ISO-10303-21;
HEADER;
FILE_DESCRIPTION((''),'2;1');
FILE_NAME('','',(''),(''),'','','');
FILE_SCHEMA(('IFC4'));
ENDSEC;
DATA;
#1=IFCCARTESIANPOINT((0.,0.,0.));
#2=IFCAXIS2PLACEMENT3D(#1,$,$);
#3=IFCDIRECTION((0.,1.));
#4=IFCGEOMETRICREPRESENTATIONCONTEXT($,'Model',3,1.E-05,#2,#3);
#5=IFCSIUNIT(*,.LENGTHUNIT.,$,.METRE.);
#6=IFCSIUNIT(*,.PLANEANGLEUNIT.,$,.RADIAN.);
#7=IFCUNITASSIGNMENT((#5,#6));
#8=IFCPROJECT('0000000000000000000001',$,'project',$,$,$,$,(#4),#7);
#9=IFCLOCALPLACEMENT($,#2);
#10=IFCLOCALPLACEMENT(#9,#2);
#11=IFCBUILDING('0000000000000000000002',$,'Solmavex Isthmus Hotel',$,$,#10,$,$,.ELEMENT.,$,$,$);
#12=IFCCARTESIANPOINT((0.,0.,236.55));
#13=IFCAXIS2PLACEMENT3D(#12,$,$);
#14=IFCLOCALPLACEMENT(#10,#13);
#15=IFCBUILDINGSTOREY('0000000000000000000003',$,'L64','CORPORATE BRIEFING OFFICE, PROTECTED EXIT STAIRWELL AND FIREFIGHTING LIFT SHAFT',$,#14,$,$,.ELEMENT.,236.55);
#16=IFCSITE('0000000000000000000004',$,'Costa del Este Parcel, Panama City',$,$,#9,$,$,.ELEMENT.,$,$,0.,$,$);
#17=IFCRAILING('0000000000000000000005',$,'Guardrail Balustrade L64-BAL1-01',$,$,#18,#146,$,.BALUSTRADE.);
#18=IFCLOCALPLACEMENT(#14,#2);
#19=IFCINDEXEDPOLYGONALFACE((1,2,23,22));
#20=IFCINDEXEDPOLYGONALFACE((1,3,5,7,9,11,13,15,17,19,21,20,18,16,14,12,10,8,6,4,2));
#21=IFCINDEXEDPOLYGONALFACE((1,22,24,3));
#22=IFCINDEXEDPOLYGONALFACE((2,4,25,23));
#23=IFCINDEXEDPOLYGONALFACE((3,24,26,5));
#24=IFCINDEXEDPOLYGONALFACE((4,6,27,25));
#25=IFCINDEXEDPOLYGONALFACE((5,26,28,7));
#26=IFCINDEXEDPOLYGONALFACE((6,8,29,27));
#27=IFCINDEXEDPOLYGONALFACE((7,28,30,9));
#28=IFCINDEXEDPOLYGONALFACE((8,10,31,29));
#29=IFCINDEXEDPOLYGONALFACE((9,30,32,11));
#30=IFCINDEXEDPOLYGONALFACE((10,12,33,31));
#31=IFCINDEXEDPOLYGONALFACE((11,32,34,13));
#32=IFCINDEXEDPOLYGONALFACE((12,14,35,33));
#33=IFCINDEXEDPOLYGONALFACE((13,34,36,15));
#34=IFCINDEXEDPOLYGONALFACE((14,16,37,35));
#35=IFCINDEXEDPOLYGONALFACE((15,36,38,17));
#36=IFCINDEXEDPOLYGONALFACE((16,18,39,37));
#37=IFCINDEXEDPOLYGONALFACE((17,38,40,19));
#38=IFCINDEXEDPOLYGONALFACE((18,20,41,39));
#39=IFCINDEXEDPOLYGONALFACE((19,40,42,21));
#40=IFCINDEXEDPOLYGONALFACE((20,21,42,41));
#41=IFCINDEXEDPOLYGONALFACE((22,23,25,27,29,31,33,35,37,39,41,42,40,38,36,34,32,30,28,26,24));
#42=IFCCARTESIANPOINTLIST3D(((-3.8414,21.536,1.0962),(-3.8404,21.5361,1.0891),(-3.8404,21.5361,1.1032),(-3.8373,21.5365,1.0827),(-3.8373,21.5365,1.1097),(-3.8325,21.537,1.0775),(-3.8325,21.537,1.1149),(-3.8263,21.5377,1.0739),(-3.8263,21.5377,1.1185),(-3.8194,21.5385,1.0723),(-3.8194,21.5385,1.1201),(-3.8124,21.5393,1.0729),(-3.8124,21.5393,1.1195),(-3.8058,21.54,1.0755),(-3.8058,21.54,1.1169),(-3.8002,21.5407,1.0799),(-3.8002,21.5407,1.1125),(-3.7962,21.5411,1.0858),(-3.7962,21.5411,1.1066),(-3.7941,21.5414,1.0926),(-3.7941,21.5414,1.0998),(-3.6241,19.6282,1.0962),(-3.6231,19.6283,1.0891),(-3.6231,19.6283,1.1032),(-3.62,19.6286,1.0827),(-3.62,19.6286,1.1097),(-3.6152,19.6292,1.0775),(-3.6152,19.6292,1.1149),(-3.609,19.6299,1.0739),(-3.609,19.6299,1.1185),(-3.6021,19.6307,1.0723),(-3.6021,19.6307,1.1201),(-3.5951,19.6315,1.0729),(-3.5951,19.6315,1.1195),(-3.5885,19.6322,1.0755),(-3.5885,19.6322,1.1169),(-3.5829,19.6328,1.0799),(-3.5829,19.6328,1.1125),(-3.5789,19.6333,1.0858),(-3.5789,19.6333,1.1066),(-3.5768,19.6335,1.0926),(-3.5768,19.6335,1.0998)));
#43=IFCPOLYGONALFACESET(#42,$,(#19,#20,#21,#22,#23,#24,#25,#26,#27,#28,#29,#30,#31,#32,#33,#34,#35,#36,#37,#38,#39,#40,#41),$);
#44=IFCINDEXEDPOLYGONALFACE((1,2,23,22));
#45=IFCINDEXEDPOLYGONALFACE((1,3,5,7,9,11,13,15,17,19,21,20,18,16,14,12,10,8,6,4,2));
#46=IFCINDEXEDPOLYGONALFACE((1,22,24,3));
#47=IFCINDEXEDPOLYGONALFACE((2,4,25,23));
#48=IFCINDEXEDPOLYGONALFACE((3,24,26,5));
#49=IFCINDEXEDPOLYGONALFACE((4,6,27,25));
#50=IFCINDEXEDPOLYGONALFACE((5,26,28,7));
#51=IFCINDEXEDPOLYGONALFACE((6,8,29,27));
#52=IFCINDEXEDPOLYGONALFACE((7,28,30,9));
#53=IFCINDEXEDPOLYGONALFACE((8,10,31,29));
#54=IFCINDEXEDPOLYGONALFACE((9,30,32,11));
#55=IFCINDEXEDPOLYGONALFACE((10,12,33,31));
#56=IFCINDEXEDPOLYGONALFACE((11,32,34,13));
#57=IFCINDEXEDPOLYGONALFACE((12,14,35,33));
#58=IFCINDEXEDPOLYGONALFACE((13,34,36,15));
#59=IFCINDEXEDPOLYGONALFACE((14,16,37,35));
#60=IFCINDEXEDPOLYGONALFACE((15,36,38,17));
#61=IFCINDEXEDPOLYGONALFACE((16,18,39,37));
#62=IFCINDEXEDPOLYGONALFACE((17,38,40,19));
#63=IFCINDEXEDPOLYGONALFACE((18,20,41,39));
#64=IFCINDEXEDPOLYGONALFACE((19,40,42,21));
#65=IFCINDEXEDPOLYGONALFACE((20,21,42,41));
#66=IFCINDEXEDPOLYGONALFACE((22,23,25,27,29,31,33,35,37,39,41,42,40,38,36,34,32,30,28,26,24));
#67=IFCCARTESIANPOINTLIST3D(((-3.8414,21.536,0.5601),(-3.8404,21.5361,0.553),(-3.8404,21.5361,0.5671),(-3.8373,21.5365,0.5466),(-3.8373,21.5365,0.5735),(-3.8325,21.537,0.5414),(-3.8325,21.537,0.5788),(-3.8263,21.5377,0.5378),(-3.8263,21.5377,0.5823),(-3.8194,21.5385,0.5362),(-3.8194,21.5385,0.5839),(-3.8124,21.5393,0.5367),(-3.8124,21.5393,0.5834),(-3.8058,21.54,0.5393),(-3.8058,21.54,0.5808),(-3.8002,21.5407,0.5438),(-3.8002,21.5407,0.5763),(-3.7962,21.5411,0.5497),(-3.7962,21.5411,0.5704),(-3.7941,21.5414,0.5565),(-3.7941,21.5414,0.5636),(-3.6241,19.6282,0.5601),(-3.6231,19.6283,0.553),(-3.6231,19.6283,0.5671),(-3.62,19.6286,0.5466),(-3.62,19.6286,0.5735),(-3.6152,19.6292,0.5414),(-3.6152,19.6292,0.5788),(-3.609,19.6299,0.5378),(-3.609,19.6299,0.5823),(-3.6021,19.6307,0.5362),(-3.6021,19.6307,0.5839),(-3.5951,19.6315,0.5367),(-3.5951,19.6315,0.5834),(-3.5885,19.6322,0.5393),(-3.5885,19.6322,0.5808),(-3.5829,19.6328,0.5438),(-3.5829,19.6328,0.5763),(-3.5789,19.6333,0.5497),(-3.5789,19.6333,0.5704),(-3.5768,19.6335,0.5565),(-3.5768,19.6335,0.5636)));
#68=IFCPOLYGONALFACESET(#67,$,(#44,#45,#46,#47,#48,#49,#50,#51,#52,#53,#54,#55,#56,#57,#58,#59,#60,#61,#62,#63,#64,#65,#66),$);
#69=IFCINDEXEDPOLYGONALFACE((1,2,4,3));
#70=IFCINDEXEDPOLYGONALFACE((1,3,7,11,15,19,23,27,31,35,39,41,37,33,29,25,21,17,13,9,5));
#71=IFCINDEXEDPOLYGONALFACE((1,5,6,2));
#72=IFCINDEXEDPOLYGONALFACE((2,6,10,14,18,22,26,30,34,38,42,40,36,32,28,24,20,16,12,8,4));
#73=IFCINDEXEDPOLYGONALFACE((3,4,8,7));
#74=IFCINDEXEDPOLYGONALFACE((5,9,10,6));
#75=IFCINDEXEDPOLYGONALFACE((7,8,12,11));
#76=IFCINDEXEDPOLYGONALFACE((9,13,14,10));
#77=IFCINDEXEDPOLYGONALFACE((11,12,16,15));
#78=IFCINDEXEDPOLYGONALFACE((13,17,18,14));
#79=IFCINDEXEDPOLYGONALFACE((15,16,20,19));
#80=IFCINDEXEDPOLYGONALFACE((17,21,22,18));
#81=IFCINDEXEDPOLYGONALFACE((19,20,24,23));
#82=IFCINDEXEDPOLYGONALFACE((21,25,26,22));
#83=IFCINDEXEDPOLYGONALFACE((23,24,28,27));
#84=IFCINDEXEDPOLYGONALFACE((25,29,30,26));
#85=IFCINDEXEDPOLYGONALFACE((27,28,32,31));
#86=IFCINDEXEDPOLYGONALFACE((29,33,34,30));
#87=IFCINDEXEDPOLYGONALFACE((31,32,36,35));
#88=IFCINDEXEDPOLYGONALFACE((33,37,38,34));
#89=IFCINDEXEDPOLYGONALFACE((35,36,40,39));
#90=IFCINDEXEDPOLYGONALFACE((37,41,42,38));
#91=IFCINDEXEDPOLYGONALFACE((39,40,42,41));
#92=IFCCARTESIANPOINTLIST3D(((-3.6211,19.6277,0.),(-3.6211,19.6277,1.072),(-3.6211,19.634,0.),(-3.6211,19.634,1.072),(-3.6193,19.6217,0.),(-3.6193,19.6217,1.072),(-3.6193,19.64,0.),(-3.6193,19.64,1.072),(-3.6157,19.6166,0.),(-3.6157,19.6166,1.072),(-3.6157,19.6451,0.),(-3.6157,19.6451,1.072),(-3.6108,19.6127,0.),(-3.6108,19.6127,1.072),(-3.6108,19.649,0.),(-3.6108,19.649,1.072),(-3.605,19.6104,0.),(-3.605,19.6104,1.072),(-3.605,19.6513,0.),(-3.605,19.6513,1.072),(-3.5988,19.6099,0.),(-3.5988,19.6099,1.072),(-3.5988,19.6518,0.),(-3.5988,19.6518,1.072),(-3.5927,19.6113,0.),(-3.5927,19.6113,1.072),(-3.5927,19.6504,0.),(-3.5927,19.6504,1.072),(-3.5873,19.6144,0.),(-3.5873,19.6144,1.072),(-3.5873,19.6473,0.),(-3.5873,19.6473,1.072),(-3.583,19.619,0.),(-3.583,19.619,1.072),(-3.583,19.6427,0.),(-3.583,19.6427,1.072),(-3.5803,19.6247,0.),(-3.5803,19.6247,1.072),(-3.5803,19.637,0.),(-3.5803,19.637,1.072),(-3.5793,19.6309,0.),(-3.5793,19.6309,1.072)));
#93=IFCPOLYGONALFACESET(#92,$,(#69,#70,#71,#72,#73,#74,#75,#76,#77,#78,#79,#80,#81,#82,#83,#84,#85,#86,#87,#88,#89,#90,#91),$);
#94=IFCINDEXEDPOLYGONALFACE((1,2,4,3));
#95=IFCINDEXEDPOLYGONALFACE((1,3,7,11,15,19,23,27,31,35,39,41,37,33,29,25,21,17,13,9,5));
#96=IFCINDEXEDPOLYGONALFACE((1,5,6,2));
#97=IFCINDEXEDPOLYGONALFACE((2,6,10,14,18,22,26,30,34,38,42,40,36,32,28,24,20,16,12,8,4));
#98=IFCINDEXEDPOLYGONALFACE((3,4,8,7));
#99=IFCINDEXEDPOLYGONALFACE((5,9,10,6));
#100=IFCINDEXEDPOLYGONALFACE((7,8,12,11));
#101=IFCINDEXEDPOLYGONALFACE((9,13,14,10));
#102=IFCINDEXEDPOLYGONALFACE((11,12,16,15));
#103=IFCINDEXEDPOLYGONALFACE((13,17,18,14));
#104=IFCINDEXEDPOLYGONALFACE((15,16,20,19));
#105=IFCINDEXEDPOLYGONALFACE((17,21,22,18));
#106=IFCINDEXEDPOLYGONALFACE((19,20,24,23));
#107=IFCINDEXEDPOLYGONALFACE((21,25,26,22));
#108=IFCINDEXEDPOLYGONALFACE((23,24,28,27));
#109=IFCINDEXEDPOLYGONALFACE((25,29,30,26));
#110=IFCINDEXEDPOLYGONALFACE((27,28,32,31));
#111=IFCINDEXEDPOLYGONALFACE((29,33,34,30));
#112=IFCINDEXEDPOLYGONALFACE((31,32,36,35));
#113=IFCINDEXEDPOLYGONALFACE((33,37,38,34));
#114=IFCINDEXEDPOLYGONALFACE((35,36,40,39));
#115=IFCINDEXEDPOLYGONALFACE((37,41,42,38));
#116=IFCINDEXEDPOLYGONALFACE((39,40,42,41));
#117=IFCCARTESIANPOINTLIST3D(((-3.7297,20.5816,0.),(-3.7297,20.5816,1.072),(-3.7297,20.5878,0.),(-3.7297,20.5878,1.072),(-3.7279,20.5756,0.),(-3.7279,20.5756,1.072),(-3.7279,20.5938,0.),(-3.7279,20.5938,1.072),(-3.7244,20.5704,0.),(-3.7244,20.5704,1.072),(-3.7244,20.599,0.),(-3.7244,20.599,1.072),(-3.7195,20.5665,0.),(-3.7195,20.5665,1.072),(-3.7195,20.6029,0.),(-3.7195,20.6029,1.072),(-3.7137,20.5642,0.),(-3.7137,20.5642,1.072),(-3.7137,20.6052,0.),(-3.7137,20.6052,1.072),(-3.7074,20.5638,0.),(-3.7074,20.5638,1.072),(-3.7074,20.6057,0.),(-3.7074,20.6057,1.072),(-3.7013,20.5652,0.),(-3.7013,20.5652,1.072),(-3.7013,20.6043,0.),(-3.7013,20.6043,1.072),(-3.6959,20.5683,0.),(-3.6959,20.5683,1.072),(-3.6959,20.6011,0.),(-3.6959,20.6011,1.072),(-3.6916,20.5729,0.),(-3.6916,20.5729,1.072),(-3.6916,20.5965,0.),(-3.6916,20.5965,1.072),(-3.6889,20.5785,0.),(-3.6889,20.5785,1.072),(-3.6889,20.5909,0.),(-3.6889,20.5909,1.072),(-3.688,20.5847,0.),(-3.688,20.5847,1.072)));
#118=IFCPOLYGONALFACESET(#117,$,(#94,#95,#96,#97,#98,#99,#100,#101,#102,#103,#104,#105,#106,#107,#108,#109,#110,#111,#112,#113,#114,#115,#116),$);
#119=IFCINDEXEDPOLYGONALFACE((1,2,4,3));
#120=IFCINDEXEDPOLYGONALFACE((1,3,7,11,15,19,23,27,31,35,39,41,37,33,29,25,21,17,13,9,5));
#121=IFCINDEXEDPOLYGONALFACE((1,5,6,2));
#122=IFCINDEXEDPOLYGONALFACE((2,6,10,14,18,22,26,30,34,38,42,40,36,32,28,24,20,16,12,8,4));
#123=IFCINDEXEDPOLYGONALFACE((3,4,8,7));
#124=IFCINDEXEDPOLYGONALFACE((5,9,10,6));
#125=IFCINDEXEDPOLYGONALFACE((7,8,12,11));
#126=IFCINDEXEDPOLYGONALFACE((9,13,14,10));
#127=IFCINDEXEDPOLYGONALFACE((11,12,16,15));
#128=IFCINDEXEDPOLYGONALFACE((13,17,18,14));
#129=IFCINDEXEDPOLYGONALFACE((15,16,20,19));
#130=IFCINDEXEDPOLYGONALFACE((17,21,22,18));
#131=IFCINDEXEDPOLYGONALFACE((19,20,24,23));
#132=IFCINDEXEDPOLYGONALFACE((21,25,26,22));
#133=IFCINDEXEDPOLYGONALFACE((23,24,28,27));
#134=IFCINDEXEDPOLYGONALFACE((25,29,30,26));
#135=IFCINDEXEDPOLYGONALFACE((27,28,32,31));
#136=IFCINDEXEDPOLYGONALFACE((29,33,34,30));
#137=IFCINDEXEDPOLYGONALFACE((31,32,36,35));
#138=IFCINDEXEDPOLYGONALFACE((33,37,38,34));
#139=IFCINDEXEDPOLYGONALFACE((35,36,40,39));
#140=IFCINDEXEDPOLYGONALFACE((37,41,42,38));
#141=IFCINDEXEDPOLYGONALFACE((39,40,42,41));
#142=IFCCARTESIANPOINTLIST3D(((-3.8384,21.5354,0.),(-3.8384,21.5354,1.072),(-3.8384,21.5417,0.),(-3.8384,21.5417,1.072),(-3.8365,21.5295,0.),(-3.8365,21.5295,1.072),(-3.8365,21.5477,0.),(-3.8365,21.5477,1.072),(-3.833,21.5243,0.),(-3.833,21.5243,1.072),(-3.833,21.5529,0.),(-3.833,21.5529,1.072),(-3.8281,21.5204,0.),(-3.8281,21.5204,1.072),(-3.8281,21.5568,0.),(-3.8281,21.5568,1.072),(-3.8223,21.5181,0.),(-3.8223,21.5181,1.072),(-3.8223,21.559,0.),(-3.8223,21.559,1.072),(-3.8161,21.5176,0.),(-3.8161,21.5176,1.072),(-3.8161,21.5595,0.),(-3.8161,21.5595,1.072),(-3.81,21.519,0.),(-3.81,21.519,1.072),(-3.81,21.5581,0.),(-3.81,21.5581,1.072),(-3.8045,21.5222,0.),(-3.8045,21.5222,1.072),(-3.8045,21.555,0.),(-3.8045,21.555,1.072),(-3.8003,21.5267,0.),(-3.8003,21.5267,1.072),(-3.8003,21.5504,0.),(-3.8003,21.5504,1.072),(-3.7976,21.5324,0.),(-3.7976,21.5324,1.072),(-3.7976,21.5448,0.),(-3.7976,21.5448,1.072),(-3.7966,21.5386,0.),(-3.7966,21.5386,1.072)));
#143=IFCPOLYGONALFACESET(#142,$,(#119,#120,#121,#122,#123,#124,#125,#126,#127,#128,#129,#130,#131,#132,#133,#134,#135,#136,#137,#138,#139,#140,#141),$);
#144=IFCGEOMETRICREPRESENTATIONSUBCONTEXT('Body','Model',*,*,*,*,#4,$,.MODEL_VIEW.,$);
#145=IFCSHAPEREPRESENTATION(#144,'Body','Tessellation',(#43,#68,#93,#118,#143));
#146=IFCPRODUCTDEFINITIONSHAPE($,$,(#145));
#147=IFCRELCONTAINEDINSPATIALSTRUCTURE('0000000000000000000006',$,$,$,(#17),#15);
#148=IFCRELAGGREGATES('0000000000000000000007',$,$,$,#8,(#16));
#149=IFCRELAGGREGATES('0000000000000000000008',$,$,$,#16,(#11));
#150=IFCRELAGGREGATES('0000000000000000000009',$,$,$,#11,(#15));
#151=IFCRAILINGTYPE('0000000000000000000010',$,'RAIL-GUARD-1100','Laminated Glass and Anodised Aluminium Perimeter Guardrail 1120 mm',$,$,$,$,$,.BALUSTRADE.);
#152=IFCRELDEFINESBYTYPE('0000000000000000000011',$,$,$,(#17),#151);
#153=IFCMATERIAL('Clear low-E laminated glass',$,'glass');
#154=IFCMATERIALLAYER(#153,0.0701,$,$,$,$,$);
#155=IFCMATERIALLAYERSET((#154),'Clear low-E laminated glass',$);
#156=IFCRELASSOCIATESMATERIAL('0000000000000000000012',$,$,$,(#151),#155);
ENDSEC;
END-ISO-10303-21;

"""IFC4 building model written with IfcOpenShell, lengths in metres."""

from ifc_helpers import new_model, si_unit, direction, frame, origin, origin_2d, place, context, subcontext, project, spatial, circle, extrude, material, layer, layer_set, type_object, element, save


model = new_model("IFC4")

# Units and contexts
model_context = context("Model", 3, precision=1e-05, world=origin(), true_north=direction((0.0, 1.0)))
body_context = subcontext(model_context, "Body", "Model", "MODEL_VIEW")
ifc_project = project(units=[si_unit("LENGTHUNIT", "METRE"), si_unit("PLANEANGLEUNIT", "RADIAN")], contexts=[model_context])

# Site, building, storey
site_placement = place(None, origin())
site = spatial("IfcSite", under=ifc_project, at=site_placement, Name="Costa del Este Parcel, Panama City", CompositionType="ELEMENT", RefElevation=0.0)
building_placement = place(site_placement, origin())
building = spatial("IfcBuilding", under=site, at=building_placement, Name="Solmavex Isthmus Hotel", CompositionType="ELEMENT")
storey_placement = place(building_placement, frame((0.0, 0.0, 236.55)))
storey = spatial("IfcBuildingStorey", under=building, at=storey_placement, Name="L64", Description="CORPORATE BRIEFING OFFICE, PROTECTED EXIT STAIRWELL AND FIREFIGHTING LIFT SHAFT", CompositionType="ELEMENT", Elevation=236.55)

# Shared definitions
ifc_material_1 = material(Name="Clear low-E laminated glass", Category="glass")

# Railing
ifc_layer_1 = layer(ifc_material_1, 0.0701)
ifc_layer_set_1 = layer_set([ifc_layer_1], Name="Clear low-E laminated glass")
railing_type = type_object("IfcRailingType", Name="RAIL-GUARD-1100", Description="Laminated Glass and Anodised Aluminium Perimeter Guardrail 1120 mm", PredefinedType="BALUSTRADE", material=ifc_layer_set_1)
railing_1_placement = place(storey_placement, frame((-3.6003, 19.6309, 0.0)))
element("IfcRailing", 1, at=railing_1_placement, inside=storey, type_object=railing_type, Name="Guardrail Balustrade L64-BAL1-01", PredefinedType="BALUSTRADE", context=body_context, shape_type="SweptSolid", body=[
    extrude(circle(Radius=0.0239, at=origin_2d()), frame((0.0, 0.0, 1.0962), z_axis=(-0.113166, 0.993576, 0.0), x_axis=(-0.993576, -0.113166, 0.0)), (0.0, 0.0, 1.0), 1.9202),
    extrude(circle(Radius=0.0239, at=origin_2d()), frame((0.0, 0.0, 0.5601), z_axis=(-0.113166, 0.993576, 0.0), x_axis=(-0.993576, -0.113166, 0.0)), (0.0, 0.0, 1.0), 1.9202),
    extrude(circle(Radius=0.021, at=origin_2d()), origin(), (0.0, 0.0, 1.0), 1.072),
    extrude(circle(Radius=0.021, at=origin_2d()), frame((-0.1086, 0.9539, 0.0)), (0.0, 0.0, 1.0), 1.072),
    extrude(circle(Radius=0.021, at=origin_2d()), frame((-0.2173, 1.9077, 0.0)), (0.0, 0.0, 1.0), 1.072),
])

save(model, "model.ifc")
